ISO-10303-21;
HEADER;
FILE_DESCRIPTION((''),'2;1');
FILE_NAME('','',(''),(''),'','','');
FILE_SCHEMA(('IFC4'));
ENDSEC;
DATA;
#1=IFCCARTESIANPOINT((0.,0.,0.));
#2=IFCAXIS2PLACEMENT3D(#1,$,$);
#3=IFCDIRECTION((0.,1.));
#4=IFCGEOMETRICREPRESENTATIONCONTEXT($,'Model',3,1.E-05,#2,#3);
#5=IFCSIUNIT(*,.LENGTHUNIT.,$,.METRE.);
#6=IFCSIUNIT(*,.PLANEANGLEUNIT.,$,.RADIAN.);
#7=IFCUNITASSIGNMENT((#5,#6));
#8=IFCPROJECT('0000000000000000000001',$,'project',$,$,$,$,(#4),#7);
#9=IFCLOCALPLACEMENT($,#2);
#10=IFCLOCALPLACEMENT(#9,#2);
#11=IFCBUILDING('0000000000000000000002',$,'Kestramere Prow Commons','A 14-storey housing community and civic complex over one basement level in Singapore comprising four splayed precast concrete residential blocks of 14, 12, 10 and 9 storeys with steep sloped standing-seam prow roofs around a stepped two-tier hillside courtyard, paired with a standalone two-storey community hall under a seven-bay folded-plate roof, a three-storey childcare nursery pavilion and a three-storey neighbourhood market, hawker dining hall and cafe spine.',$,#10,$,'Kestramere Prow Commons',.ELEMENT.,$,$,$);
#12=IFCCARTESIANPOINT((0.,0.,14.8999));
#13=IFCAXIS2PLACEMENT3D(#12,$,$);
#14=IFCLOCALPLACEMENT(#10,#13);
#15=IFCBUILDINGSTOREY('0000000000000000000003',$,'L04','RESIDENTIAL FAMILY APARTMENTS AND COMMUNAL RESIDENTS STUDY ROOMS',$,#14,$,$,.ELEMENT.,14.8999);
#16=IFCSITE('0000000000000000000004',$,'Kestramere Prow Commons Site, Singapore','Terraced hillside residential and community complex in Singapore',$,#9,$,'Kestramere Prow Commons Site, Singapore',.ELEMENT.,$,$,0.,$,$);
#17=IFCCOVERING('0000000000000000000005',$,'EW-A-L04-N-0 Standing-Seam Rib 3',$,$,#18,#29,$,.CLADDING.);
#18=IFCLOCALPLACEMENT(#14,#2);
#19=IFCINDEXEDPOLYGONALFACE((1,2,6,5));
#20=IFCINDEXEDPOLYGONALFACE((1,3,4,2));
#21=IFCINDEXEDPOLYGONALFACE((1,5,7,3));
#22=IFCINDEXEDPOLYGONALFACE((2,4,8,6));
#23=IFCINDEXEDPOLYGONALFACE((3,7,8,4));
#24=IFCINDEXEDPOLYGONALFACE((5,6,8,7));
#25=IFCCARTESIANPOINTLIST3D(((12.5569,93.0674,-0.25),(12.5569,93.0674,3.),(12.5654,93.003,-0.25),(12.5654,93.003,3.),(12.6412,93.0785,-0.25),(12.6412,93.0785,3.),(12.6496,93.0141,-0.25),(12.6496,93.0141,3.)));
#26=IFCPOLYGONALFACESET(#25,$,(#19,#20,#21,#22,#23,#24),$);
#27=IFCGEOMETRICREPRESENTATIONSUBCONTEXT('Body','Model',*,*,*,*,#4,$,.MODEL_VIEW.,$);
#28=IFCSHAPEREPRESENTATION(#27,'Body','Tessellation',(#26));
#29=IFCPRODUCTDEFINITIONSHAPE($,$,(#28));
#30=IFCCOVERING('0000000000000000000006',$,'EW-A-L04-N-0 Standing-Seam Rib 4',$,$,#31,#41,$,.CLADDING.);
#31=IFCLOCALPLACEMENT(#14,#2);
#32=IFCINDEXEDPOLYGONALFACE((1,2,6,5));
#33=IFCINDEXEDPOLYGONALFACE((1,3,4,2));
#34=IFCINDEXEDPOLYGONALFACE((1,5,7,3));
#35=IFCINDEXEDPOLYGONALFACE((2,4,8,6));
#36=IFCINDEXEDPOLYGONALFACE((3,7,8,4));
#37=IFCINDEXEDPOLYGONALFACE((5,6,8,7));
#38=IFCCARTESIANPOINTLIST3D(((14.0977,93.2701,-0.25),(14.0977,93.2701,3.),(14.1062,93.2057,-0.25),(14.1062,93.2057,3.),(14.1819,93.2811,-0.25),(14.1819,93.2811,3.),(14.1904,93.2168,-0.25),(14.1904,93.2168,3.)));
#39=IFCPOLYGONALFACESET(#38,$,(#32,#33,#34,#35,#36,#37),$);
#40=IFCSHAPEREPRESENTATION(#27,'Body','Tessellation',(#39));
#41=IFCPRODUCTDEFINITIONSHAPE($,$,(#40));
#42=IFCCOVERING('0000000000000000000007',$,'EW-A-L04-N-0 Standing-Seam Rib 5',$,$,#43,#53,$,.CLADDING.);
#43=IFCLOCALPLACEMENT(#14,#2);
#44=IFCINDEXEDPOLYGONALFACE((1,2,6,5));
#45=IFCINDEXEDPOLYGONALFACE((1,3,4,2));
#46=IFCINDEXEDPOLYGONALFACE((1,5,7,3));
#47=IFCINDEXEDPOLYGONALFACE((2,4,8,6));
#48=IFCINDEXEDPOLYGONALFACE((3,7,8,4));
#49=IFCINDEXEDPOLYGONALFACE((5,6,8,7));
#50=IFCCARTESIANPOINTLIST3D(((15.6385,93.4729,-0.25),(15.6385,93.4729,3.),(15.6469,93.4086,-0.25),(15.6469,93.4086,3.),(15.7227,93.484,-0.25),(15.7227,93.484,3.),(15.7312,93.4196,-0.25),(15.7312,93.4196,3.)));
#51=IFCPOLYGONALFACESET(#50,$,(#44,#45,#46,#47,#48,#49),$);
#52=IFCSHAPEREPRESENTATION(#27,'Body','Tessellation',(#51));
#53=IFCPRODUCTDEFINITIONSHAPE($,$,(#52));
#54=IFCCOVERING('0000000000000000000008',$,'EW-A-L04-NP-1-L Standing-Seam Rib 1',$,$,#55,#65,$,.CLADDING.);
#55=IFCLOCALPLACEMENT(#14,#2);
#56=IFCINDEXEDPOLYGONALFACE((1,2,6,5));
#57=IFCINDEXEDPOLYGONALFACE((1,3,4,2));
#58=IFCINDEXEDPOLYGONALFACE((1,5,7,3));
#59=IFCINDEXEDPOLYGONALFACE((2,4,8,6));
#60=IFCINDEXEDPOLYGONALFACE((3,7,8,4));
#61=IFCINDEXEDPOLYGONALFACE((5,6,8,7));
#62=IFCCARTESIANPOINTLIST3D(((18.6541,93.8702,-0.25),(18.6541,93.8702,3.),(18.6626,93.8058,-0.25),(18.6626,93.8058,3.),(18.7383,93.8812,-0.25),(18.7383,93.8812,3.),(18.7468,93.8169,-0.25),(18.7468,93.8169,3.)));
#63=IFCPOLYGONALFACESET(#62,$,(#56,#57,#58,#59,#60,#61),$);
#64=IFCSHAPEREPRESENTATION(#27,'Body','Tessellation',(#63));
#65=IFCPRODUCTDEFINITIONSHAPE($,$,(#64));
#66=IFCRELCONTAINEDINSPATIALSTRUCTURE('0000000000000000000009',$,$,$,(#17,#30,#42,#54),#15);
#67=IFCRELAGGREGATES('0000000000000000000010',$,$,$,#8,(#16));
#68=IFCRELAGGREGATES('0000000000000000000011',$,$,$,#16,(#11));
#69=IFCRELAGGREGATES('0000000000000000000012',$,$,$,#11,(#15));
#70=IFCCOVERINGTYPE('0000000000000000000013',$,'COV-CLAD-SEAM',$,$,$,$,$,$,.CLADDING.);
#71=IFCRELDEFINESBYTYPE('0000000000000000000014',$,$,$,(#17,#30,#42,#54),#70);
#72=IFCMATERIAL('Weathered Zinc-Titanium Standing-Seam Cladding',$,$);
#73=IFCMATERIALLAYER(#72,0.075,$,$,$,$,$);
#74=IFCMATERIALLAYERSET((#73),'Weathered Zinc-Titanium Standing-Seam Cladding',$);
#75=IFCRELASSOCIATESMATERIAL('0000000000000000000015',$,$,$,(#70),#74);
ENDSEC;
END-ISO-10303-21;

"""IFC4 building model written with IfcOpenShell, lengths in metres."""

from ifc_helpers import new_model, si_unit, direction, frame, origin, origin_2d, place, context, subcontext, project, spatial, rectangle, extrude, material, layer, layer_set, type_object, element, save


model = new_model("IFC4")

# Units and contexts
model_context = context("Model", 3, precision=1e-05, world=origin(), true_north=direction((0.0, 1.0)))
body_context = subcontext(model_context, "Body", "Model", "MODEL_VIEW")
ifc_project = project(units=[si_unit("LENGTHUNIT", "METRE"), si_unit("PLANEANGLEUNIT", "RADIAN")], contexts=[model_context])

# Site, building, storey
site_placement = place(None, origin())
site = spatial("IfcSite", under=ifc_project, at=site_placement, Name="Kestramere Prow Commons Site, Singapore", Description="Terraced hillside residential and community complex in Singapore", LongName="Kestramere Prow Commons Site, Singapore", CompositionType="ELEMENT", RefElevation=0.0)
building_placement = place(site_placement, origin())
building = spatial("IfcBuilding", under=site, at=building_placement, Name="Kestramere Prow Commons", Description="A 14-storey housing community and civic complex over one basement level in Singapore comprising four splayed precast concrete residential blocks of 14, 12, 10 and 9 storeys with steep sloped standing-seam prow roofs around a stepped two-tier hillside courtyard, paired with a standalone two-storey community hall under a seven-bay folded-plate roof, a three-storey childcare nursery pavilion and a three-storey neighbourhood market, hawker dining hall and cafe spine.", LongName="Kestramere Prow Commons", CompositionType="ELEMENT")
storey_placement = place(building_placement, frame((0.0, 0.0, 14.8999)))
storey = spatial("IfcBuildingStorey", under=building, at=storey_placement, Name="L04", Description="RESIDENTIAL FAMILY APARTMENTS AND COMMUNAL RESIDENTS STUDY ROOMS", CompositionType="ELEMENT", Elevation=14.8999)

# Coverings
ifc_material_1 = material(Name="Weathered Zinc-Titanium Standing-Seam Cladding")
ifc_layer_1 = layer(ifc_material_1, 0.075)
ifc_layer_set_1 = layer_set([ifc_layer_1], Name="Weathered Zinc-Titanium Standing-Seam Cladding")
covering_type = type_object("IfcCoveringType", Name="COV-CLAD-SEAM", PredefinedType="CLADDING", material=ifc_layer_set_1)
for number, where, z_axis, x_axis, name in (
    (1, (12.6033, 93.0408, -0.25), (0.0, 0.0, 1.0), (0.991445, 0.130526, 0.0), "EW-A-L04-N-0 Standing-Seam Rib 3"),
    (2, (14.144, 93.2434, -0.25), (0.0, 0.0, 1.0), (0.991445, 0.130526, 0.0), "EW-A-L04-N-0 Standing-Seam Rib 4"),
    (3, (15.6848, 93.4463, -0.25), (0.0, 0.0, 1.0), (0.991445, 0.130526, 0.0), "EW-A-L04-N-0 Standing-Seam Rib 5"),
    (4, (18.7004, 93.8435, -0.25), (0.0, 0.0, 1.0), (0.991445, 0.130526, 0.0), "EW-A-L04-NP-1-L Standing-Seam Rib 1"),
):
    element("IfcCovering", number, at=place(storey_placement, frame(where, z_axis=z_axis, x_axis=x_axis)), inside=storey, type_object=covering_type, Name=name, PredefinedType="CLADDING", context=body_context, shape_type="SweptSolid", body=[
        extrude(rectangle(XDim=0.085, YDim=0.0649, at=origin_2d()), origin(), (0.0, 0.0, 1.0), 3.25),
    ])

save(model, "model.ifc")
